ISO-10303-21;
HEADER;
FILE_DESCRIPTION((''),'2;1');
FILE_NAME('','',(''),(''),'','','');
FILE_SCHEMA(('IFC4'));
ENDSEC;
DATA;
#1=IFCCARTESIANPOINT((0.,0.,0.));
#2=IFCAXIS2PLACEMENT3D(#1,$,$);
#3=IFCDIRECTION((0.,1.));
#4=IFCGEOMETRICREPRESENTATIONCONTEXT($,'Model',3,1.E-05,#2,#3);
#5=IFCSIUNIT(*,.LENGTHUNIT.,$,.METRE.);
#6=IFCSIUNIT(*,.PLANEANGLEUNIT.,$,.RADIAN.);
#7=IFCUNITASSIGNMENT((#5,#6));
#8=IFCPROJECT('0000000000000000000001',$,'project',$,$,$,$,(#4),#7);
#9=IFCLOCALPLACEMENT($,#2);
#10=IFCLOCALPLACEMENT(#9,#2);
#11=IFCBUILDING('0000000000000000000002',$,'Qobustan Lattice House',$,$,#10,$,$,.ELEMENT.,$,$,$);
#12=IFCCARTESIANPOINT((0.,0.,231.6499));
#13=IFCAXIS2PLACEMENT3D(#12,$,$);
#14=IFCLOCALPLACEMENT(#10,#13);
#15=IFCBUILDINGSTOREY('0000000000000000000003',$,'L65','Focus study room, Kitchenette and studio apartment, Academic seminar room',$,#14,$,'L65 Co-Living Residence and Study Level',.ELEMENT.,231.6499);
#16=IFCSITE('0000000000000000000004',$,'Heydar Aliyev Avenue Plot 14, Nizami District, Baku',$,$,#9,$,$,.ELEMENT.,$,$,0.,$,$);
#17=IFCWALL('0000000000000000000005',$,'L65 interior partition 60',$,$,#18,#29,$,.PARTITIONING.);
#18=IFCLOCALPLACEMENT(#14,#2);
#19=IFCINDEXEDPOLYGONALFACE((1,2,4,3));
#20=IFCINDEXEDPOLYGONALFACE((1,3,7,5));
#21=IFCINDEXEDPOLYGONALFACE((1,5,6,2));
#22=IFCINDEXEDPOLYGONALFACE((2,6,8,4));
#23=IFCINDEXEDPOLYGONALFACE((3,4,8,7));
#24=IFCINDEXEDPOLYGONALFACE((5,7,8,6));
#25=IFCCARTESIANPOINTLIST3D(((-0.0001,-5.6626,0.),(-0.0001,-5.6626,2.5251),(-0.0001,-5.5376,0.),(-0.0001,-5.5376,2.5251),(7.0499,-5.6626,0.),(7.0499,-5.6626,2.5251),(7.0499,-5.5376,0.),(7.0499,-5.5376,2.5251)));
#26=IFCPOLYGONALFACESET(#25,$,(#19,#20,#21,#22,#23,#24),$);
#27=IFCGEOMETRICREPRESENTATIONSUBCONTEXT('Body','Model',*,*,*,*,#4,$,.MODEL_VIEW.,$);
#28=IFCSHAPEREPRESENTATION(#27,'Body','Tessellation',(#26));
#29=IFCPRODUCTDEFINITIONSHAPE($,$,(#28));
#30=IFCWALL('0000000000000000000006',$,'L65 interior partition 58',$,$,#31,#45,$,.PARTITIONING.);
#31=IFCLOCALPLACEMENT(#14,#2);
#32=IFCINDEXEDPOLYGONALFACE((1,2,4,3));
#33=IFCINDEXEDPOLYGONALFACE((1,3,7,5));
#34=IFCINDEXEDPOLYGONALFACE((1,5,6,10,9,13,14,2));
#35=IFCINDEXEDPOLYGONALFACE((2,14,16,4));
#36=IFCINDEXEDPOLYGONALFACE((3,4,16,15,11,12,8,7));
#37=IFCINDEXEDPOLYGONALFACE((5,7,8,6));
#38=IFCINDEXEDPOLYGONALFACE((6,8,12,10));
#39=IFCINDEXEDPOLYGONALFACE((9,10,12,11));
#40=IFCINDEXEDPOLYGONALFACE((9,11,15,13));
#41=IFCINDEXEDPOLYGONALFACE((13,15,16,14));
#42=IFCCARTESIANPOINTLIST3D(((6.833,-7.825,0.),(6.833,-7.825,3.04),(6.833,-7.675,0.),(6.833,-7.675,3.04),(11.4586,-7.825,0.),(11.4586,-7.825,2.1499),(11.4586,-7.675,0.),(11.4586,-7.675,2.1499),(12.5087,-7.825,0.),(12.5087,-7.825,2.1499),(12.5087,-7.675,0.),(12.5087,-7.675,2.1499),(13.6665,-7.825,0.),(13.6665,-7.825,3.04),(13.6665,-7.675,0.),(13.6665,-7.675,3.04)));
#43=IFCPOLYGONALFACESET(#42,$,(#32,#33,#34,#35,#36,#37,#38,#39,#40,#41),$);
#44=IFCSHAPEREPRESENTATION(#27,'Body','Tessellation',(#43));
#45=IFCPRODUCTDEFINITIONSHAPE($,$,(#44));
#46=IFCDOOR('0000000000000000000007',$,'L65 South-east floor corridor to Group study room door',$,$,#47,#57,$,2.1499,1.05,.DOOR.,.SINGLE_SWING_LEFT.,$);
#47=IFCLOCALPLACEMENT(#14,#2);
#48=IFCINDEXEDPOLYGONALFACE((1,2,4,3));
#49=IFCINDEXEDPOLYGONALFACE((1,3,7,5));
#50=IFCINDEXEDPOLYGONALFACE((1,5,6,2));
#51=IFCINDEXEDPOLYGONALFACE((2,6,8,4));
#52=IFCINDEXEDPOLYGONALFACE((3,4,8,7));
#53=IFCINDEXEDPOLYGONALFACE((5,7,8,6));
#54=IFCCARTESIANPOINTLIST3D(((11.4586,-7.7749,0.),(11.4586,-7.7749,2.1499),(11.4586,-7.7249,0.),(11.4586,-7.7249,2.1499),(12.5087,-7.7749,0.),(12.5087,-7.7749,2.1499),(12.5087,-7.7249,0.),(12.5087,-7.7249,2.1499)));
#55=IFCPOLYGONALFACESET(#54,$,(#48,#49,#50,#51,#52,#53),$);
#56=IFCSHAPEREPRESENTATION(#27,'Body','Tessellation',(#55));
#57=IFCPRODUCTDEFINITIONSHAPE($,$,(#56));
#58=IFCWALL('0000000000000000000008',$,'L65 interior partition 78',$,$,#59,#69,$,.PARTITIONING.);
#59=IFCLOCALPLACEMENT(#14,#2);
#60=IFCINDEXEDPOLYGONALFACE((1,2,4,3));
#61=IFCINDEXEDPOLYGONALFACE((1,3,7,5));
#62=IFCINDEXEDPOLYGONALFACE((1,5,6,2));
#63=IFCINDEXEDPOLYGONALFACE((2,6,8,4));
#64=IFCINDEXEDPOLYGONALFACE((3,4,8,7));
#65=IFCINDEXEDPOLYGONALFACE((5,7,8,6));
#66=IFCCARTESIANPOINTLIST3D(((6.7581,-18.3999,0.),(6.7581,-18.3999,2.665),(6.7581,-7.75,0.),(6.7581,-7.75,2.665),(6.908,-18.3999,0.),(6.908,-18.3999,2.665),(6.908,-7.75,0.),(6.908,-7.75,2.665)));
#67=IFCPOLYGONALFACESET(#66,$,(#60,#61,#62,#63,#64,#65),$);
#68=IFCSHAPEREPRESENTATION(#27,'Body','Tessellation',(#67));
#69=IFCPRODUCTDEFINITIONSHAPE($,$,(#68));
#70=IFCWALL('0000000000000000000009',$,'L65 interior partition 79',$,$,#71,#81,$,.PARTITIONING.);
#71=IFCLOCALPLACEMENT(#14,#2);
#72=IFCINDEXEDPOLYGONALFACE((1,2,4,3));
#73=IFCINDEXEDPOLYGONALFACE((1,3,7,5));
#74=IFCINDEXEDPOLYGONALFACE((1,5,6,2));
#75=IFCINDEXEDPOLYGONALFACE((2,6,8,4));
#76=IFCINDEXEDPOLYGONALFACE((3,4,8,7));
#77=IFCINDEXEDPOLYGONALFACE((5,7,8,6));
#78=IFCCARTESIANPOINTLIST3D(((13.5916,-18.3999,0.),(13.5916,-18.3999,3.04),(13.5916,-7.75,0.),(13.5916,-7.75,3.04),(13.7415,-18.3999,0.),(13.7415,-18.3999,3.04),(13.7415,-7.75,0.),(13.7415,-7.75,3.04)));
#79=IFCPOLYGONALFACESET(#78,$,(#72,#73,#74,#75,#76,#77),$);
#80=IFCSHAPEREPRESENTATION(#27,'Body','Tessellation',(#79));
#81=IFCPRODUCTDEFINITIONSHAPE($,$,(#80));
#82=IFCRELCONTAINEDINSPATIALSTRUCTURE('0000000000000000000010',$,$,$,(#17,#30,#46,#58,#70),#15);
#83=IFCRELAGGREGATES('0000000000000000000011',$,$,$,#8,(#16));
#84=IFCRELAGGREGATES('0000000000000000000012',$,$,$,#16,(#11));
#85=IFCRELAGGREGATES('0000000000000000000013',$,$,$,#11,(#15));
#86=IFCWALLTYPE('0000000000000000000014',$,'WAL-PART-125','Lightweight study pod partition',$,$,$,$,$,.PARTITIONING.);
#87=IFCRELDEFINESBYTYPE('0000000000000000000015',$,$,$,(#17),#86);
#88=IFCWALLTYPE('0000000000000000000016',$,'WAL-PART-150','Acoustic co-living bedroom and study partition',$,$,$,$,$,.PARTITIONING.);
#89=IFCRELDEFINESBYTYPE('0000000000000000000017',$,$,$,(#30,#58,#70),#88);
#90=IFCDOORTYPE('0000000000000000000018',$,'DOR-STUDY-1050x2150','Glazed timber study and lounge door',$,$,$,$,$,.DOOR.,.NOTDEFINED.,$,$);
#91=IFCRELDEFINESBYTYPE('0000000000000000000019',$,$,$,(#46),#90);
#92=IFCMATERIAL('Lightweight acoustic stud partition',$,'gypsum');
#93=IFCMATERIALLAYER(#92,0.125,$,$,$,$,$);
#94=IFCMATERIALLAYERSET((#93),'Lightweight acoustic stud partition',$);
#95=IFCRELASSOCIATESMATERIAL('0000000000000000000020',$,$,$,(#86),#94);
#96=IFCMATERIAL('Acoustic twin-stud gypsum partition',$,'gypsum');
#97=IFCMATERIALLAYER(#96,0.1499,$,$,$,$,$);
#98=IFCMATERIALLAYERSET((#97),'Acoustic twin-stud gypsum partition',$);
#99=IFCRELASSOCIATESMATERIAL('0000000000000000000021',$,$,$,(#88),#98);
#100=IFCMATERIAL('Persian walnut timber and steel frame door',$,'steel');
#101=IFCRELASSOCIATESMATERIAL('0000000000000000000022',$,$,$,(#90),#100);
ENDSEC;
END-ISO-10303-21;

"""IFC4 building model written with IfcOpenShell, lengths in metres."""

from ifc_helpers import new_model, si_unit, direction, frame, frame_2d, origin, place, context, subcontext, project, spatial, rectangle, extrude, material, layer, layer_set, type_object, element, fill, save


model = new_model("IFC4")

# Units and contexts
model_context = context("Model", 3, precision=1e-05, world=origin(), true_north=direction((0.0, 1.0)))
body_context = subcontext(model_context, "Body", "Model", "MODEL_VIEW")
ifc_project = project(units=[si_unit("LENGTHUNIT", "METRE"), si_unit("PLANEANGLEUNIT", "RADIAN")], contexts=[model_context])

# Site, building, storey
site_placement = place(None, origin())
site = spatial("IfcSite", under=ifc_project, at=site_placement, Name="Heydar Aliyev Avenue Plot 14, Nizami District, Baku", CompositionType="ELEMENT", RefElevation=0.0)
building_placement = place(site_placement, origin())
building = spatial("IfcBuilding", under=site, at=building_placement, Name="Qobustan Lattice House", CompositionType="ELEMENT")
storey_placement = place(building_placement, frame((0.0, 0.0, 231.6499)))
storey = spatial("IfcBuildingStorey", under=building, at=storey_placement, Name="L65", Description="Focus study room, Kitchenette and studio apartment, Academic seminar room", LongName="L65 Co-Living Residence and Study Level", CompositionType="ELEMENT", Elevation=231.6499)

# Wall
ifc_material_1 = material(Name="Lightweight acoustic stud partition", Category="gypsum")
ifc_layer_1 = layer(ifc_material_1, 0.125)
ifc_layer_set_1 = layer_set([ifc_layer_1], Name="Lightweight acoustic stud partition")
wall_type_1 = type_object("IfcWallType", Name="WAL-PART-125", Description="Lightweight study pod partition", PredefinedType="PARTITIONING", material=ifc_layer_set_1)
wall_1_placement = place(storey_placement, frame((0.0, -5.6001, 0.0), z_axis=(0.0, 0.0, 1.0), x_axis=(1.0, 0.0, 0.0)))
element("IfcWall", 1, at=wall_1_placement, inside=storey, type_object=wall_type_1, Name="L65 interior partition 60", PredefinedType="PARTITIONING", context=body_context, shape_type="SweptSolid", body=[
    extrude(rectangle(XDim=7.05, YDim=0.125, at=frame_2d((3.5249, 0.0))), origin(), (0.0, 0.0, 1.0), 2.5251),
])

# Wall, opening, door
ifc_material_2 = material(Name="Acoustic twin-stud gypsum partition", Category="gypsum")
ifc_layer_2 = layer(ifc_material_2, 0.1499)
ifc_layer_set_2 = layer_set([ifc_layer_2], Name="Acoustic twin-stud gypsum partition")
wall_type_2 = type_object("IfcWallType", Name="WAL-PART-150", Description="Acoustic co-living bedroom and study partition", PredefinedType="PARTITIONING", material=ifc_layer_set_2)
wall_2_placement = place(storey_placement, frame((13.6665, -7.75, 0.0), z_axis=(0.0, 0.0, 1.0), x_axis=(-1.0, 0.0, 0.0)))
wall_2 = element("IfcWall", 2, at=wall_2_placement, inside=storey, type_object=wall_type_2, Name="L65 interior partition 58", PredefinedType="PARTITIONING", context=body_context, shape_type="SweptSolid", body=[
    extrude(rectangle(XDim=6.8335, YDim=0.1499, at=frame_2d((3.4167, 0.0))), origin(), (0.0, 0.0, 1.0), 3.04),
])
opening_1_placement = place(wall_2_placement, frame((1.158, 0.0, 0.0)))
opening_1 = element("IfcOpeningElement", 3, at=opening_1_placement, cuts=wall_2, PredefinedType="OPENING", context=body_context, shape_type="SweptSolid", body=[
    extrude(rectangle(XDim=1.05, YDim=2.1499, at=frame_2d((0.5249, 1.075))), frame((0.0, 0.085, 0.0), z_axis=(0.0, -1.0, 0.0), x_axis=(1.0, 0.0, 0.0)), (0.0, 0.0, 1.0), 0.1699),
])
ifc_material_3 = material(Name="Persian walnut timber and steel frame door", Category="steel")
door_type_1 = type_object("IfcDoorType", Name="DOR-STUDY-1050x2150", Description="Glazed timber study and lounge door", OperationType="NOTDEFINED", PredefinedType="DOOR", material=ifc_material_3)
door_1_placement = place(opening_1_placement, origin())
door_1 = element("IfcDoor", 4, at=door_1_placement, inside=storey, type_object=door_type_1, Name="L65 South-east floor corridor to Group study room door", OperationType="SINGLE_SWING_LEFT", OverallHeight=2.1499, OverallWidth=1.05, PredefinedType="DOOR", context=body_context, shape_type="SweptSolid", body=[
    extrude(rectangle(XDim=1.05, YDim=2.1499, at=frame_2d((0.5249, 1.075))), frame((0.0, 0.0249, 0.0), z_axis=(0.0, -1.0, 0.0), x_axis=(1.0, 0.0, 0.0)), (0.0, 0.0, 1.0), 0.05),
])
fill(opening_1, door_1)

# Walls
wall_3_placement = place(storey_placement, frame((6.833, -7.75, 0.0), z_axis=(0.0, 0.0, 1.0), x_axis=(0.0, -1.0, 0.0)))
element("IfcWall", 5, at=wall_3_placement, inside=storey, type_object=wall_type_2, Name="L65 interior partition 78", PredefinedType="PARTITIONING", context=body_context, shape_type="SweptSolid", body=[
    extrude(rectangle(XDim=10.6499, YDim=0.1499, at=frame_2d((5.325, 0.0))), origin(), (0.0, 0.0, 1.0), 2.665),
])
wall_4_placement = place(storey_placement, frame((13.6665, -7.75, 0.0), z_axis=(0.0, 0.0, 1.0), x_axis=(0.0, -1.0, 0.0)))
element("IfcWall", 6, at=wall_4_placement, inside=storey, type_object=wall_type_2, Name="L65 interior partition 79", PredefinedType="PARTITIONING", context=body_context, shape_type="SweptSolid", body=[
    extrude(rectangle(XDim=10.6499, YDim=0.1499, at=frame_2d((5.325, 0.0))), origin(), (0.0, 0.0, 1.0), 3.04),
])

save(model, "model.ifc")
